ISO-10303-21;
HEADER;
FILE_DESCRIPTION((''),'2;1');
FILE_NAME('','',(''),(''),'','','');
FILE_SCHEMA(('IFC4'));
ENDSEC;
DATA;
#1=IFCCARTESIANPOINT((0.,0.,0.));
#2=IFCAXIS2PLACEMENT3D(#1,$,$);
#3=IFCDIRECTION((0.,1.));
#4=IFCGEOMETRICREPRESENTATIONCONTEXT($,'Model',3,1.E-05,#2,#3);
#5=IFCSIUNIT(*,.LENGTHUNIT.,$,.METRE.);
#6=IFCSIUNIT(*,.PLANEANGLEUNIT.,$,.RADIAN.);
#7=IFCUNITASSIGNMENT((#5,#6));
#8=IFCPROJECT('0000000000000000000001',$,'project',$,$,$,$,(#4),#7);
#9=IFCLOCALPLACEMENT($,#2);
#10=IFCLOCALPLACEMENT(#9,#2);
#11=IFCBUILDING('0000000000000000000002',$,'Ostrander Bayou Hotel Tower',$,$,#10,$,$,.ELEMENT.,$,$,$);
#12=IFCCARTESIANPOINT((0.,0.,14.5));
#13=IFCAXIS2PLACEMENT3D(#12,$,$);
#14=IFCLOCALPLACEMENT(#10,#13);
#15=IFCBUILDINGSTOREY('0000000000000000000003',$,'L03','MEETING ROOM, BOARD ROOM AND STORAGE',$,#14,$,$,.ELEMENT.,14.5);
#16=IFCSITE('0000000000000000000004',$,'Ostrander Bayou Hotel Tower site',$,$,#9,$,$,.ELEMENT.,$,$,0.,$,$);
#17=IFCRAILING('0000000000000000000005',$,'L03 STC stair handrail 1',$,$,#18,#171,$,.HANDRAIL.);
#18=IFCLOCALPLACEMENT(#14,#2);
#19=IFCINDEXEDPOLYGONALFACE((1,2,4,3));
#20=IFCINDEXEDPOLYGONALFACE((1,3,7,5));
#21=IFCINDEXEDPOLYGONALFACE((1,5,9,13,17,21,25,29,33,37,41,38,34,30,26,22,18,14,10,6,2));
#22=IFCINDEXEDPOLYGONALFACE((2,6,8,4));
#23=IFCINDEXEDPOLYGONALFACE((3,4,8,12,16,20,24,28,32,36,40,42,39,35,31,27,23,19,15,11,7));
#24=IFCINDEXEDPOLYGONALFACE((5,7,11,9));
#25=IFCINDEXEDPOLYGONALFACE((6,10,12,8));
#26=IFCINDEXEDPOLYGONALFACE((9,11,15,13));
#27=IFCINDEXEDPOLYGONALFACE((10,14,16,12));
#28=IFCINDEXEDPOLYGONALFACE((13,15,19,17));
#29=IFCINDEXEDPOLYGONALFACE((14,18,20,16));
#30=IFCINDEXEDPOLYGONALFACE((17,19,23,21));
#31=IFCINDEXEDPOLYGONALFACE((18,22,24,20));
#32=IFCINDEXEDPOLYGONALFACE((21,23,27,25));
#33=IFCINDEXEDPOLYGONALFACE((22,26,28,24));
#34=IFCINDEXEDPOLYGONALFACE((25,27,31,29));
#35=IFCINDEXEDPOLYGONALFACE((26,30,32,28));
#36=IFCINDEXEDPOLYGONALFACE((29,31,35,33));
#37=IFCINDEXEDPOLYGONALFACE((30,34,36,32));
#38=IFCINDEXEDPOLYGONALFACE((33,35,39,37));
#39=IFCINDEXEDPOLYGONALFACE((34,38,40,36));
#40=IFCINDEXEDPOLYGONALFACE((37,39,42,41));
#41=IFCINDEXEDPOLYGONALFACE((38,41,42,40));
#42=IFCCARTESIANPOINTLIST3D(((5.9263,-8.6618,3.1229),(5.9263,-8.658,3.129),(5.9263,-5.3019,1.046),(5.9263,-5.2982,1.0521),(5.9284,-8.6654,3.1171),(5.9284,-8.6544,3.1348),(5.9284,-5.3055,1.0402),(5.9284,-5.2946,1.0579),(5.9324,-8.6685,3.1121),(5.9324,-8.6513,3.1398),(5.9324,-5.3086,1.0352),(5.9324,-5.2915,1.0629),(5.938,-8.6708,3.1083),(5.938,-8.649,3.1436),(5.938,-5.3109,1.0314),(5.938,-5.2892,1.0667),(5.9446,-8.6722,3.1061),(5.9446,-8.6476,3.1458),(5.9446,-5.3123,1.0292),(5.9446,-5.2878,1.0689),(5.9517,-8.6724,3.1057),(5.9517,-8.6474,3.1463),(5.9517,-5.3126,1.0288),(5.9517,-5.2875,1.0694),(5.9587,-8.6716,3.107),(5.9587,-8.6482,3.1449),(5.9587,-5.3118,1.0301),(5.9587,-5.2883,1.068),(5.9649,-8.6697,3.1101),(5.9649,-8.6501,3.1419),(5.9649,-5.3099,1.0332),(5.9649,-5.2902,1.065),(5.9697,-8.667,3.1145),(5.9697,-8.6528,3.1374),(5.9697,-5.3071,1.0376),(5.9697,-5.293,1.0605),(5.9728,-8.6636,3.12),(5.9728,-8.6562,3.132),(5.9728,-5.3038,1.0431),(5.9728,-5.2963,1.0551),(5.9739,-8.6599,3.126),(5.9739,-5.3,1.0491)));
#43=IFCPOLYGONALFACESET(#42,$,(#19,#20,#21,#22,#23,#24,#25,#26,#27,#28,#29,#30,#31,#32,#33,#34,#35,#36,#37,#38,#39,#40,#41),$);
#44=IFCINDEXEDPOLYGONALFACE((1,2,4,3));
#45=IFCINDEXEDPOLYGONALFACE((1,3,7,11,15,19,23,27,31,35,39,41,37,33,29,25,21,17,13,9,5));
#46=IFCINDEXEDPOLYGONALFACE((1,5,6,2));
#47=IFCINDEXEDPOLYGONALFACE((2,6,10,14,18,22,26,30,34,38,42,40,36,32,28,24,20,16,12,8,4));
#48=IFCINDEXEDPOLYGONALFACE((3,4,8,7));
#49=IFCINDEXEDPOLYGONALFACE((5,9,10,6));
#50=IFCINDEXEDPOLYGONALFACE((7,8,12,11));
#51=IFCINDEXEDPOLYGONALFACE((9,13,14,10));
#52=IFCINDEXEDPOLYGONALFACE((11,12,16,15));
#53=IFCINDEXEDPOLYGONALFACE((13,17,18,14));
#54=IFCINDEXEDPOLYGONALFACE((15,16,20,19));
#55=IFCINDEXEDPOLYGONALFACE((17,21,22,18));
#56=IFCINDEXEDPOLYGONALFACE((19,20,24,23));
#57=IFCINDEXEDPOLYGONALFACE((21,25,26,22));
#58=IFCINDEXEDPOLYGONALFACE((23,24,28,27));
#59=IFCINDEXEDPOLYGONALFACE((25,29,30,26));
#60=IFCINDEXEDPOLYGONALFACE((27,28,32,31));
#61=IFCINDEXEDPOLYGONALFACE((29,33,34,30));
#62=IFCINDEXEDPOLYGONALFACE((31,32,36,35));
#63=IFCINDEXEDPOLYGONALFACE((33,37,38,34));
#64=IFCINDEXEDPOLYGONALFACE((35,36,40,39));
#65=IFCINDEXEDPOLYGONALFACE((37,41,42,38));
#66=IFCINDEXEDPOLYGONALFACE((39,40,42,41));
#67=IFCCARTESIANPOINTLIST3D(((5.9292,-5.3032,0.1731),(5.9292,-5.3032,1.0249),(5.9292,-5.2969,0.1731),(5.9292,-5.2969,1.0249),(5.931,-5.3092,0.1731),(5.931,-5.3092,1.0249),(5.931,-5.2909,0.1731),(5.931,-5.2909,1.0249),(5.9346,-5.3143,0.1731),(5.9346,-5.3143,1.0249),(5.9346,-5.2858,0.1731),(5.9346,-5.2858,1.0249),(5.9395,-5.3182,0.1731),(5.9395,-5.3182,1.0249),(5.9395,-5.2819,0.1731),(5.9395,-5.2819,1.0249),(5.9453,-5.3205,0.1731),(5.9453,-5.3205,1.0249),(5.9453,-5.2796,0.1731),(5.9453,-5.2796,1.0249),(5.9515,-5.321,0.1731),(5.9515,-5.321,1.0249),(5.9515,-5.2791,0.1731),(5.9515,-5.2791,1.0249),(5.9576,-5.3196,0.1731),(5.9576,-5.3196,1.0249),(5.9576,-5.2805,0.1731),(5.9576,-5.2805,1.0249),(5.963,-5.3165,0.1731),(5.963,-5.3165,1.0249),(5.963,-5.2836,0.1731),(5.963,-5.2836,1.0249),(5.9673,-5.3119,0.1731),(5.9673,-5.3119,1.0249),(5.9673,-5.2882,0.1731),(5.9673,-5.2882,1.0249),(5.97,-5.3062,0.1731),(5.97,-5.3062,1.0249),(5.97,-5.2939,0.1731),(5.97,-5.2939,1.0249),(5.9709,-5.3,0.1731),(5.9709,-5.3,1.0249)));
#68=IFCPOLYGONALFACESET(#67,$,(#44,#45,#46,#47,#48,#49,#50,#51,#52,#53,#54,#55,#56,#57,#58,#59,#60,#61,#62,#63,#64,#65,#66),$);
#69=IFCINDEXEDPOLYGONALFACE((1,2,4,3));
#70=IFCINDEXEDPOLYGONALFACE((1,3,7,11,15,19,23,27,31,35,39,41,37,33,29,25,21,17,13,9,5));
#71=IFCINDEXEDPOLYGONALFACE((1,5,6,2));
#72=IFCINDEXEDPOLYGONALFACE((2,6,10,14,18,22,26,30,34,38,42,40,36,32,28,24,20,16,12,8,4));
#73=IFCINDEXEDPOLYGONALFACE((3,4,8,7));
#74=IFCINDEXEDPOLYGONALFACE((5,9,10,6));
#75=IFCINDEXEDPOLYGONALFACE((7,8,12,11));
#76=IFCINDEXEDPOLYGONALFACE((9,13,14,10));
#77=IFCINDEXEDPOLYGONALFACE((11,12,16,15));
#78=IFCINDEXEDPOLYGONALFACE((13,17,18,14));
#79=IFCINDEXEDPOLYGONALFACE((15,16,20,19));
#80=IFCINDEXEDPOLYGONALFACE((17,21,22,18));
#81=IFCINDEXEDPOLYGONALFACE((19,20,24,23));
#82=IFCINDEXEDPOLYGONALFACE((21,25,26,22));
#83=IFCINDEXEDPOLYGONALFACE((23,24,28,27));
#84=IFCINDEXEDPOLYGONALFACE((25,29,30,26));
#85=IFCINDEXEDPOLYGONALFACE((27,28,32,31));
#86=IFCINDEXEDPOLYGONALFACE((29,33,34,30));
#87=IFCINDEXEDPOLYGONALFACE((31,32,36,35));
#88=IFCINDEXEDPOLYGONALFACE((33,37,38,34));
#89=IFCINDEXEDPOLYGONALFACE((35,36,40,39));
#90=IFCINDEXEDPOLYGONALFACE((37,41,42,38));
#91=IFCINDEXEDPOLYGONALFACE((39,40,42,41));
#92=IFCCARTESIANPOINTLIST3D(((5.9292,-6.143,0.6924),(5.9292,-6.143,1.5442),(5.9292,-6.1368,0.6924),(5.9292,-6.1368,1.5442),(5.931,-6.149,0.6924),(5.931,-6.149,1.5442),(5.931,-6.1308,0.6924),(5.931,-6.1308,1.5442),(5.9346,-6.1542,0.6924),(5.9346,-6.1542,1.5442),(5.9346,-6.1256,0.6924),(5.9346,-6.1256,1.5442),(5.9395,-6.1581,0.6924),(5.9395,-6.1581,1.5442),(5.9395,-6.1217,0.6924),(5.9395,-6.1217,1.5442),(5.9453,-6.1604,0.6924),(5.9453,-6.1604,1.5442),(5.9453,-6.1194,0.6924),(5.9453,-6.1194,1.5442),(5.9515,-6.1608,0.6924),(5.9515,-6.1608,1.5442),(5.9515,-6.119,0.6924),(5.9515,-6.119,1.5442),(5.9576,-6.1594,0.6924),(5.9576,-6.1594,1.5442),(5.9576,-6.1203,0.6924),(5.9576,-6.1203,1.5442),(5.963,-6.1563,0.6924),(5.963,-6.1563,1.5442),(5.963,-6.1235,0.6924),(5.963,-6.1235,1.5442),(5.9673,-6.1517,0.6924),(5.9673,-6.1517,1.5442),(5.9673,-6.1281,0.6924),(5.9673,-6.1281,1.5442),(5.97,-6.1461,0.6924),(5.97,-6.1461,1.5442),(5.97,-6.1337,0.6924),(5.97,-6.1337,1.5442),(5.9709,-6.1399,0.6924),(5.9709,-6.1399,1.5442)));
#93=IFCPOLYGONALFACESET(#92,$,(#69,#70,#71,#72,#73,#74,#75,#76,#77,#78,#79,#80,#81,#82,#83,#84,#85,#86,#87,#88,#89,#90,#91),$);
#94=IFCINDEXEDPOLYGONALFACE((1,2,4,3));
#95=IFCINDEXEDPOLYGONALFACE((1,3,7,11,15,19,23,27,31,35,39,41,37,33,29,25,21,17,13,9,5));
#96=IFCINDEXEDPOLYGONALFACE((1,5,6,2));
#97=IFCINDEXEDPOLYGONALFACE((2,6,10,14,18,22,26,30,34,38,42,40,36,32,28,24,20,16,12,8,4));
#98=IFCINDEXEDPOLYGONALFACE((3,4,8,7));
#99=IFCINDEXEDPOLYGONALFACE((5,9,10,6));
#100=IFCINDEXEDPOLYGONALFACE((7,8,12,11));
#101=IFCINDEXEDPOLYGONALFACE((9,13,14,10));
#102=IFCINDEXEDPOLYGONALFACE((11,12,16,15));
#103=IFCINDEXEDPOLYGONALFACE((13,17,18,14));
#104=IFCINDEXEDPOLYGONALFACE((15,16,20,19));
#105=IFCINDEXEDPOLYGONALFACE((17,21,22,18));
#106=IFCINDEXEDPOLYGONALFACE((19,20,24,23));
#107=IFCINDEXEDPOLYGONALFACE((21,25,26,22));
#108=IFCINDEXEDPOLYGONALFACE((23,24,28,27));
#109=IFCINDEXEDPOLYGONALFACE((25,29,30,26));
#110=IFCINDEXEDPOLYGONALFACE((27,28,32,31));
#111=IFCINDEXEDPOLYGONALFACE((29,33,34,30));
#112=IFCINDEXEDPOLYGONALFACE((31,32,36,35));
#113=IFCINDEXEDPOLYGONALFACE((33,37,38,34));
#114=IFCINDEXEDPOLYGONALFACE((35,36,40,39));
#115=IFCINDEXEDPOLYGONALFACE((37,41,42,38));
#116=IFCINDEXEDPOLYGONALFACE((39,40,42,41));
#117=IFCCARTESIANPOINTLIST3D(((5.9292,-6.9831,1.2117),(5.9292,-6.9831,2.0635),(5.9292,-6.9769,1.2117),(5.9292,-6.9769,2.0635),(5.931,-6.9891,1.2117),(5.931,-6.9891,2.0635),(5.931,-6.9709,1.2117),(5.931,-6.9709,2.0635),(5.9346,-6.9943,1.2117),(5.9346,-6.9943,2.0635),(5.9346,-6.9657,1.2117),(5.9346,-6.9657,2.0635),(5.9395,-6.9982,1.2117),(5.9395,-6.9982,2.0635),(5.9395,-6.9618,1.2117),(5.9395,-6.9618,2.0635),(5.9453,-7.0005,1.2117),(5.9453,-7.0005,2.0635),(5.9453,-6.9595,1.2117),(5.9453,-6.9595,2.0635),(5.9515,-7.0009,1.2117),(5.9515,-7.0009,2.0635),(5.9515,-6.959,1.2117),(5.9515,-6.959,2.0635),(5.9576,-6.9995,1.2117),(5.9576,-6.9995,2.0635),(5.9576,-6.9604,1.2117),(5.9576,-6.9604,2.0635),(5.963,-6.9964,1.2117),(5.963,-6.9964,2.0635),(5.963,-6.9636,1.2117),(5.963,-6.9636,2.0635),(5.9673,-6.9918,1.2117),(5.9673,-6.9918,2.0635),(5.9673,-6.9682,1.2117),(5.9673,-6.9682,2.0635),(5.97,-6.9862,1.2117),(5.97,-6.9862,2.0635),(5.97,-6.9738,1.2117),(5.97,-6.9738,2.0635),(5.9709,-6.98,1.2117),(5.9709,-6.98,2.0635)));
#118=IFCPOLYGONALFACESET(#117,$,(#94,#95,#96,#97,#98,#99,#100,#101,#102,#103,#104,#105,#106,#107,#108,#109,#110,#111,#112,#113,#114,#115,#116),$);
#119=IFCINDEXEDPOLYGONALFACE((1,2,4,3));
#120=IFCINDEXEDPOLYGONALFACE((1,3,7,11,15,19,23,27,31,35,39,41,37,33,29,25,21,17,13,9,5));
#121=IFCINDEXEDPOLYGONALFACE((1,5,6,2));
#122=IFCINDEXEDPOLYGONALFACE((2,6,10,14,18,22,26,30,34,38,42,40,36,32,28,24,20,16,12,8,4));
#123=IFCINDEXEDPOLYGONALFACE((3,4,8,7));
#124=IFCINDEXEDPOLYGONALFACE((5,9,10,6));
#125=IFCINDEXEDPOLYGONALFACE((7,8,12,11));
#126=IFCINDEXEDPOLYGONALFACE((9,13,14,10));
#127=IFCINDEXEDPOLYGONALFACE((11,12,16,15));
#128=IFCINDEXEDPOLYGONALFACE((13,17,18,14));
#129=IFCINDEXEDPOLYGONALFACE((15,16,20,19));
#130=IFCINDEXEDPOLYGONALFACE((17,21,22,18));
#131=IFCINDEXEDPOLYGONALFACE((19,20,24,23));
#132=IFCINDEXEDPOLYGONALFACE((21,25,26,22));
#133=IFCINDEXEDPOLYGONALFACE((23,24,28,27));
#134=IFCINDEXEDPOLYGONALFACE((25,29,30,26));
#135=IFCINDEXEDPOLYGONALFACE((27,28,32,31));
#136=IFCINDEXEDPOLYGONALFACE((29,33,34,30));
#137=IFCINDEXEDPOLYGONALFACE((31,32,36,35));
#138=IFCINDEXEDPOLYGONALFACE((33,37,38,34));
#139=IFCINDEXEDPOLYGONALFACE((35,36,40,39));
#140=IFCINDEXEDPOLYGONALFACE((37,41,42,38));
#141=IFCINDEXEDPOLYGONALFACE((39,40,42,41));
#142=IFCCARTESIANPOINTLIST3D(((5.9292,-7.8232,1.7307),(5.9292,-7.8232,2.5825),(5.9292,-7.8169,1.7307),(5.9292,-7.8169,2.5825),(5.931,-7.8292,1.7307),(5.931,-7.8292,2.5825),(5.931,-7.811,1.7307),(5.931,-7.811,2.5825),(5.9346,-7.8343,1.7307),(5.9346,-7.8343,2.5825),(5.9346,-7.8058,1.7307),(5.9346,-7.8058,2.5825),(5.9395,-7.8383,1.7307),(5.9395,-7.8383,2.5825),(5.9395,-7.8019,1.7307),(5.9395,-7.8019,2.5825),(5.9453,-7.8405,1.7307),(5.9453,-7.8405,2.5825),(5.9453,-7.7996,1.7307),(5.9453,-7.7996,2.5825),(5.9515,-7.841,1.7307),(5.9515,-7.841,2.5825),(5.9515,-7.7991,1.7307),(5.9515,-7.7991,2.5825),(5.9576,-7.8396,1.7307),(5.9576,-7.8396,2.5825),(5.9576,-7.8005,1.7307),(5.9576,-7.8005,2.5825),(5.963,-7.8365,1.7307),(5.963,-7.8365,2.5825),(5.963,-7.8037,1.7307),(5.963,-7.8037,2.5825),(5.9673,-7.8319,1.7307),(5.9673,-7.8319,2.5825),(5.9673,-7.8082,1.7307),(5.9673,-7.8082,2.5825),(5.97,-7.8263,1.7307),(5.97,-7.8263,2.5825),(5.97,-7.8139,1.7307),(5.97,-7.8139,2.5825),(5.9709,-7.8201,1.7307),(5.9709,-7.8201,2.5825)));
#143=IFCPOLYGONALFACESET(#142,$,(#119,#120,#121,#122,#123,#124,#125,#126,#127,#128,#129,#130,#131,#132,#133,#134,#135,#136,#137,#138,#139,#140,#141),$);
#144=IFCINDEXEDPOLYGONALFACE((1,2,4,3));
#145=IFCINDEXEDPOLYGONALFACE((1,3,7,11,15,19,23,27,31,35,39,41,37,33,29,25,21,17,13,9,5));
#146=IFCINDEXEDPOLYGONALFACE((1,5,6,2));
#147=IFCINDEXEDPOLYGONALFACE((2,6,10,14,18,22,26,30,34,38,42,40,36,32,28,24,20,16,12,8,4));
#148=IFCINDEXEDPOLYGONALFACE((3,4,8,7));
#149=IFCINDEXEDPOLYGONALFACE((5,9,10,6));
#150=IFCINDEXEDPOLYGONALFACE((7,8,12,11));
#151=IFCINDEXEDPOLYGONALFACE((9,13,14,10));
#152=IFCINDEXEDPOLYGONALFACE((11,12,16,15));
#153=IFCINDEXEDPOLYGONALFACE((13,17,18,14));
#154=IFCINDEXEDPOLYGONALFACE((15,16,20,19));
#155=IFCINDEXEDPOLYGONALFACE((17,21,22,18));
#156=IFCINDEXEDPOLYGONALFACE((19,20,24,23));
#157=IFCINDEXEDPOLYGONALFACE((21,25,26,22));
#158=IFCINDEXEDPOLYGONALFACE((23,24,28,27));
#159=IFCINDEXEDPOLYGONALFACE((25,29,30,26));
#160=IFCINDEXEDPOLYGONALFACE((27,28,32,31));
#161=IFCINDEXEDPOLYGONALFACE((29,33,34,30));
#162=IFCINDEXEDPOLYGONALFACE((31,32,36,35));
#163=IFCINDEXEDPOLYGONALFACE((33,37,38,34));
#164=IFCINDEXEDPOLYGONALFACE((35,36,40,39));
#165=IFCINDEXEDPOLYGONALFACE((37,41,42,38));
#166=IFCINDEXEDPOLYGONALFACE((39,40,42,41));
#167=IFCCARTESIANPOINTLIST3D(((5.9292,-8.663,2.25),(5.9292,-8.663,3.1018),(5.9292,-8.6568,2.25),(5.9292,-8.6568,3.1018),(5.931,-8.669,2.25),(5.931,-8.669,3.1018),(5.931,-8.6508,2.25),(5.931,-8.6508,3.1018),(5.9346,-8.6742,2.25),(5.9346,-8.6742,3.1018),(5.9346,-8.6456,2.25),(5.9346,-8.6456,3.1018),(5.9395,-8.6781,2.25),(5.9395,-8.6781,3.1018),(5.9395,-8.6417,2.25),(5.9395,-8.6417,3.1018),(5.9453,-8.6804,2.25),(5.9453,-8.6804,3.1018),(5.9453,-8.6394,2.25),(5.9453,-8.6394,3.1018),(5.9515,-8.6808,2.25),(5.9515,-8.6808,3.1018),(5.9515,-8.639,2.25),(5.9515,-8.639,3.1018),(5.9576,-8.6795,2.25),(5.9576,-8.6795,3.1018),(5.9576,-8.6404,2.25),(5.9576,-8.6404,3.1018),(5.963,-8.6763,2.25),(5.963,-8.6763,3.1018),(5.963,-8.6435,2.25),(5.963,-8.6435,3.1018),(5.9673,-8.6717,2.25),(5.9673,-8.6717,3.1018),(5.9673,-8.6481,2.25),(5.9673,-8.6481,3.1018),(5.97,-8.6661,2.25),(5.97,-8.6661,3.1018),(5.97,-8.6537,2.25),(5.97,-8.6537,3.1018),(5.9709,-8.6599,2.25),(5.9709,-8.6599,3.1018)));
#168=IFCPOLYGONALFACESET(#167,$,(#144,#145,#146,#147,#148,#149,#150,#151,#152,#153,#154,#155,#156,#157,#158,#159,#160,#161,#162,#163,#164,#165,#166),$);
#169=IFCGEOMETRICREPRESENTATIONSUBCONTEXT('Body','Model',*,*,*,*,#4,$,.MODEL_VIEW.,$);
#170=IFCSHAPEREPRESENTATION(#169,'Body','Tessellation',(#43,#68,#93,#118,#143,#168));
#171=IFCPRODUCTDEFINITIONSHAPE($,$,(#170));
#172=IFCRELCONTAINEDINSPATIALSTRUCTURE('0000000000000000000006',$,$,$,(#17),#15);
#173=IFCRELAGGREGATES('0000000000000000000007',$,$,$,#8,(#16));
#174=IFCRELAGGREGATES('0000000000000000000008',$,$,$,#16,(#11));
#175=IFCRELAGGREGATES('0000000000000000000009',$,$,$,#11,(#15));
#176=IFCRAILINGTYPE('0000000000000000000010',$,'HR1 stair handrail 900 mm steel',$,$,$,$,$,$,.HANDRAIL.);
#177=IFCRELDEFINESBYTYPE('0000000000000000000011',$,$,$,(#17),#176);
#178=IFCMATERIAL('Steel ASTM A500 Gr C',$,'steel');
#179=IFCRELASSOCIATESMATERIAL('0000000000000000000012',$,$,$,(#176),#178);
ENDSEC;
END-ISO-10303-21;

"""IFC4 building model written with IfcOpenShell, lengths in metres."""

from ifc_helpers import new_model, si_unit, direction, frame, origin, origin_2d, place, context, subcontext, project, spatial, circle, extrude, material, type_object, element, save


model = new_model("IFC4")

# Units and contexts
model_context = context("Model", 3, precision=1e-05, world=origin(), true_north=direction((0.0, 1.0)))
body_context = subcontext(model_context, "Body", "Model", "MODEL_VIEW")
ifc_project = project(units=[si_unit("LENGTHUNIT", "METRE"), si_unit("PLANEANGLEUNIT", "RADIAN")], contexts=[model_context])

# Site, building, storey
site_placement = place(None, origin())
site = spatial("IfcSite", under=ifc_project, at=site_placement, Name="Ostrander Bayou Hotel Tower site", CompositionType="ELEMENT", RefElevation=0.0)
building_placement = place(site_placement, origin())
building = spatial("IfcBuilding", under=site, at=building_placement, Name="Ostrander Bayou Hotel Tower", CompositionType="ELEMENT")
storey_placement = place(building_placement, frame((0.0, 0.0, 14.5)))
storey = spatial("IfcBuildingStorey", under=building, at=storey_placement, Name="L03", Description="MEETING ROOM, BOARD ROOM AND STORAGE", CompositionType="ELEMENT", Elevation=14.5)

# Railing
ifc_material_1 = material(Name="Steel ASTM A500 Gr C", Category="steel")
railing_type_1 = type_object("IfcRailingType", Name="HR1 stair handrail 900 mm steel", PredefinedType="HANDRAIL", material=ifc_material_1)
railing_1_placement = place(storey_placement, frame((5.95, -5.3, 0.1731)))
element("IfcRailing", 1, at=railing_1_placement, inside=storey, type_object=railing_type_1, Name="L03 STC stair handrail 1", PredefinedType="HANDRAIL", context=body_context, shape_type="SweptSolid", body=[
    extrude(circle(Radius=0.0239, at=origin_2d()), frame((0.0, 0.0, 0.876), z_axis=(0.0, -0.850606, 0.525803), x_axis=(1.0, 0.0, 0.0)), (0.0, 0.0, 1.0), 3.95),
    extrude(circle(Radius=0.021, at=origin_2d()), origin(), (0.0, 0.0, 1.0), 0.8518),
    extrude(circle(Radius=0.021, at=origin_2d()), frame((0.0, -0.8398, 0.5193)), (0.0, 0.0, 1.0), 0.8518),
    extrude(circle(Radius=0.021, at=origin_2d()), frame((0.0, -1.6799, 1.0386)), (0.0, 0.0, 1.0), 0.8518),
    extrude(circle(Radius=0.021, at=origin_2d()), frame((0.0, -2.52, 1.5576)), (0.0, 0.0, 1.0), 0.8518),
    extrude(circle(Radius=0.021, at=origin_2d()), frame((0.0, -3.3599, 2.0769)), (0.0, 0.0, 1.0), 0.8518),
])

save(model, "model.ifc")
